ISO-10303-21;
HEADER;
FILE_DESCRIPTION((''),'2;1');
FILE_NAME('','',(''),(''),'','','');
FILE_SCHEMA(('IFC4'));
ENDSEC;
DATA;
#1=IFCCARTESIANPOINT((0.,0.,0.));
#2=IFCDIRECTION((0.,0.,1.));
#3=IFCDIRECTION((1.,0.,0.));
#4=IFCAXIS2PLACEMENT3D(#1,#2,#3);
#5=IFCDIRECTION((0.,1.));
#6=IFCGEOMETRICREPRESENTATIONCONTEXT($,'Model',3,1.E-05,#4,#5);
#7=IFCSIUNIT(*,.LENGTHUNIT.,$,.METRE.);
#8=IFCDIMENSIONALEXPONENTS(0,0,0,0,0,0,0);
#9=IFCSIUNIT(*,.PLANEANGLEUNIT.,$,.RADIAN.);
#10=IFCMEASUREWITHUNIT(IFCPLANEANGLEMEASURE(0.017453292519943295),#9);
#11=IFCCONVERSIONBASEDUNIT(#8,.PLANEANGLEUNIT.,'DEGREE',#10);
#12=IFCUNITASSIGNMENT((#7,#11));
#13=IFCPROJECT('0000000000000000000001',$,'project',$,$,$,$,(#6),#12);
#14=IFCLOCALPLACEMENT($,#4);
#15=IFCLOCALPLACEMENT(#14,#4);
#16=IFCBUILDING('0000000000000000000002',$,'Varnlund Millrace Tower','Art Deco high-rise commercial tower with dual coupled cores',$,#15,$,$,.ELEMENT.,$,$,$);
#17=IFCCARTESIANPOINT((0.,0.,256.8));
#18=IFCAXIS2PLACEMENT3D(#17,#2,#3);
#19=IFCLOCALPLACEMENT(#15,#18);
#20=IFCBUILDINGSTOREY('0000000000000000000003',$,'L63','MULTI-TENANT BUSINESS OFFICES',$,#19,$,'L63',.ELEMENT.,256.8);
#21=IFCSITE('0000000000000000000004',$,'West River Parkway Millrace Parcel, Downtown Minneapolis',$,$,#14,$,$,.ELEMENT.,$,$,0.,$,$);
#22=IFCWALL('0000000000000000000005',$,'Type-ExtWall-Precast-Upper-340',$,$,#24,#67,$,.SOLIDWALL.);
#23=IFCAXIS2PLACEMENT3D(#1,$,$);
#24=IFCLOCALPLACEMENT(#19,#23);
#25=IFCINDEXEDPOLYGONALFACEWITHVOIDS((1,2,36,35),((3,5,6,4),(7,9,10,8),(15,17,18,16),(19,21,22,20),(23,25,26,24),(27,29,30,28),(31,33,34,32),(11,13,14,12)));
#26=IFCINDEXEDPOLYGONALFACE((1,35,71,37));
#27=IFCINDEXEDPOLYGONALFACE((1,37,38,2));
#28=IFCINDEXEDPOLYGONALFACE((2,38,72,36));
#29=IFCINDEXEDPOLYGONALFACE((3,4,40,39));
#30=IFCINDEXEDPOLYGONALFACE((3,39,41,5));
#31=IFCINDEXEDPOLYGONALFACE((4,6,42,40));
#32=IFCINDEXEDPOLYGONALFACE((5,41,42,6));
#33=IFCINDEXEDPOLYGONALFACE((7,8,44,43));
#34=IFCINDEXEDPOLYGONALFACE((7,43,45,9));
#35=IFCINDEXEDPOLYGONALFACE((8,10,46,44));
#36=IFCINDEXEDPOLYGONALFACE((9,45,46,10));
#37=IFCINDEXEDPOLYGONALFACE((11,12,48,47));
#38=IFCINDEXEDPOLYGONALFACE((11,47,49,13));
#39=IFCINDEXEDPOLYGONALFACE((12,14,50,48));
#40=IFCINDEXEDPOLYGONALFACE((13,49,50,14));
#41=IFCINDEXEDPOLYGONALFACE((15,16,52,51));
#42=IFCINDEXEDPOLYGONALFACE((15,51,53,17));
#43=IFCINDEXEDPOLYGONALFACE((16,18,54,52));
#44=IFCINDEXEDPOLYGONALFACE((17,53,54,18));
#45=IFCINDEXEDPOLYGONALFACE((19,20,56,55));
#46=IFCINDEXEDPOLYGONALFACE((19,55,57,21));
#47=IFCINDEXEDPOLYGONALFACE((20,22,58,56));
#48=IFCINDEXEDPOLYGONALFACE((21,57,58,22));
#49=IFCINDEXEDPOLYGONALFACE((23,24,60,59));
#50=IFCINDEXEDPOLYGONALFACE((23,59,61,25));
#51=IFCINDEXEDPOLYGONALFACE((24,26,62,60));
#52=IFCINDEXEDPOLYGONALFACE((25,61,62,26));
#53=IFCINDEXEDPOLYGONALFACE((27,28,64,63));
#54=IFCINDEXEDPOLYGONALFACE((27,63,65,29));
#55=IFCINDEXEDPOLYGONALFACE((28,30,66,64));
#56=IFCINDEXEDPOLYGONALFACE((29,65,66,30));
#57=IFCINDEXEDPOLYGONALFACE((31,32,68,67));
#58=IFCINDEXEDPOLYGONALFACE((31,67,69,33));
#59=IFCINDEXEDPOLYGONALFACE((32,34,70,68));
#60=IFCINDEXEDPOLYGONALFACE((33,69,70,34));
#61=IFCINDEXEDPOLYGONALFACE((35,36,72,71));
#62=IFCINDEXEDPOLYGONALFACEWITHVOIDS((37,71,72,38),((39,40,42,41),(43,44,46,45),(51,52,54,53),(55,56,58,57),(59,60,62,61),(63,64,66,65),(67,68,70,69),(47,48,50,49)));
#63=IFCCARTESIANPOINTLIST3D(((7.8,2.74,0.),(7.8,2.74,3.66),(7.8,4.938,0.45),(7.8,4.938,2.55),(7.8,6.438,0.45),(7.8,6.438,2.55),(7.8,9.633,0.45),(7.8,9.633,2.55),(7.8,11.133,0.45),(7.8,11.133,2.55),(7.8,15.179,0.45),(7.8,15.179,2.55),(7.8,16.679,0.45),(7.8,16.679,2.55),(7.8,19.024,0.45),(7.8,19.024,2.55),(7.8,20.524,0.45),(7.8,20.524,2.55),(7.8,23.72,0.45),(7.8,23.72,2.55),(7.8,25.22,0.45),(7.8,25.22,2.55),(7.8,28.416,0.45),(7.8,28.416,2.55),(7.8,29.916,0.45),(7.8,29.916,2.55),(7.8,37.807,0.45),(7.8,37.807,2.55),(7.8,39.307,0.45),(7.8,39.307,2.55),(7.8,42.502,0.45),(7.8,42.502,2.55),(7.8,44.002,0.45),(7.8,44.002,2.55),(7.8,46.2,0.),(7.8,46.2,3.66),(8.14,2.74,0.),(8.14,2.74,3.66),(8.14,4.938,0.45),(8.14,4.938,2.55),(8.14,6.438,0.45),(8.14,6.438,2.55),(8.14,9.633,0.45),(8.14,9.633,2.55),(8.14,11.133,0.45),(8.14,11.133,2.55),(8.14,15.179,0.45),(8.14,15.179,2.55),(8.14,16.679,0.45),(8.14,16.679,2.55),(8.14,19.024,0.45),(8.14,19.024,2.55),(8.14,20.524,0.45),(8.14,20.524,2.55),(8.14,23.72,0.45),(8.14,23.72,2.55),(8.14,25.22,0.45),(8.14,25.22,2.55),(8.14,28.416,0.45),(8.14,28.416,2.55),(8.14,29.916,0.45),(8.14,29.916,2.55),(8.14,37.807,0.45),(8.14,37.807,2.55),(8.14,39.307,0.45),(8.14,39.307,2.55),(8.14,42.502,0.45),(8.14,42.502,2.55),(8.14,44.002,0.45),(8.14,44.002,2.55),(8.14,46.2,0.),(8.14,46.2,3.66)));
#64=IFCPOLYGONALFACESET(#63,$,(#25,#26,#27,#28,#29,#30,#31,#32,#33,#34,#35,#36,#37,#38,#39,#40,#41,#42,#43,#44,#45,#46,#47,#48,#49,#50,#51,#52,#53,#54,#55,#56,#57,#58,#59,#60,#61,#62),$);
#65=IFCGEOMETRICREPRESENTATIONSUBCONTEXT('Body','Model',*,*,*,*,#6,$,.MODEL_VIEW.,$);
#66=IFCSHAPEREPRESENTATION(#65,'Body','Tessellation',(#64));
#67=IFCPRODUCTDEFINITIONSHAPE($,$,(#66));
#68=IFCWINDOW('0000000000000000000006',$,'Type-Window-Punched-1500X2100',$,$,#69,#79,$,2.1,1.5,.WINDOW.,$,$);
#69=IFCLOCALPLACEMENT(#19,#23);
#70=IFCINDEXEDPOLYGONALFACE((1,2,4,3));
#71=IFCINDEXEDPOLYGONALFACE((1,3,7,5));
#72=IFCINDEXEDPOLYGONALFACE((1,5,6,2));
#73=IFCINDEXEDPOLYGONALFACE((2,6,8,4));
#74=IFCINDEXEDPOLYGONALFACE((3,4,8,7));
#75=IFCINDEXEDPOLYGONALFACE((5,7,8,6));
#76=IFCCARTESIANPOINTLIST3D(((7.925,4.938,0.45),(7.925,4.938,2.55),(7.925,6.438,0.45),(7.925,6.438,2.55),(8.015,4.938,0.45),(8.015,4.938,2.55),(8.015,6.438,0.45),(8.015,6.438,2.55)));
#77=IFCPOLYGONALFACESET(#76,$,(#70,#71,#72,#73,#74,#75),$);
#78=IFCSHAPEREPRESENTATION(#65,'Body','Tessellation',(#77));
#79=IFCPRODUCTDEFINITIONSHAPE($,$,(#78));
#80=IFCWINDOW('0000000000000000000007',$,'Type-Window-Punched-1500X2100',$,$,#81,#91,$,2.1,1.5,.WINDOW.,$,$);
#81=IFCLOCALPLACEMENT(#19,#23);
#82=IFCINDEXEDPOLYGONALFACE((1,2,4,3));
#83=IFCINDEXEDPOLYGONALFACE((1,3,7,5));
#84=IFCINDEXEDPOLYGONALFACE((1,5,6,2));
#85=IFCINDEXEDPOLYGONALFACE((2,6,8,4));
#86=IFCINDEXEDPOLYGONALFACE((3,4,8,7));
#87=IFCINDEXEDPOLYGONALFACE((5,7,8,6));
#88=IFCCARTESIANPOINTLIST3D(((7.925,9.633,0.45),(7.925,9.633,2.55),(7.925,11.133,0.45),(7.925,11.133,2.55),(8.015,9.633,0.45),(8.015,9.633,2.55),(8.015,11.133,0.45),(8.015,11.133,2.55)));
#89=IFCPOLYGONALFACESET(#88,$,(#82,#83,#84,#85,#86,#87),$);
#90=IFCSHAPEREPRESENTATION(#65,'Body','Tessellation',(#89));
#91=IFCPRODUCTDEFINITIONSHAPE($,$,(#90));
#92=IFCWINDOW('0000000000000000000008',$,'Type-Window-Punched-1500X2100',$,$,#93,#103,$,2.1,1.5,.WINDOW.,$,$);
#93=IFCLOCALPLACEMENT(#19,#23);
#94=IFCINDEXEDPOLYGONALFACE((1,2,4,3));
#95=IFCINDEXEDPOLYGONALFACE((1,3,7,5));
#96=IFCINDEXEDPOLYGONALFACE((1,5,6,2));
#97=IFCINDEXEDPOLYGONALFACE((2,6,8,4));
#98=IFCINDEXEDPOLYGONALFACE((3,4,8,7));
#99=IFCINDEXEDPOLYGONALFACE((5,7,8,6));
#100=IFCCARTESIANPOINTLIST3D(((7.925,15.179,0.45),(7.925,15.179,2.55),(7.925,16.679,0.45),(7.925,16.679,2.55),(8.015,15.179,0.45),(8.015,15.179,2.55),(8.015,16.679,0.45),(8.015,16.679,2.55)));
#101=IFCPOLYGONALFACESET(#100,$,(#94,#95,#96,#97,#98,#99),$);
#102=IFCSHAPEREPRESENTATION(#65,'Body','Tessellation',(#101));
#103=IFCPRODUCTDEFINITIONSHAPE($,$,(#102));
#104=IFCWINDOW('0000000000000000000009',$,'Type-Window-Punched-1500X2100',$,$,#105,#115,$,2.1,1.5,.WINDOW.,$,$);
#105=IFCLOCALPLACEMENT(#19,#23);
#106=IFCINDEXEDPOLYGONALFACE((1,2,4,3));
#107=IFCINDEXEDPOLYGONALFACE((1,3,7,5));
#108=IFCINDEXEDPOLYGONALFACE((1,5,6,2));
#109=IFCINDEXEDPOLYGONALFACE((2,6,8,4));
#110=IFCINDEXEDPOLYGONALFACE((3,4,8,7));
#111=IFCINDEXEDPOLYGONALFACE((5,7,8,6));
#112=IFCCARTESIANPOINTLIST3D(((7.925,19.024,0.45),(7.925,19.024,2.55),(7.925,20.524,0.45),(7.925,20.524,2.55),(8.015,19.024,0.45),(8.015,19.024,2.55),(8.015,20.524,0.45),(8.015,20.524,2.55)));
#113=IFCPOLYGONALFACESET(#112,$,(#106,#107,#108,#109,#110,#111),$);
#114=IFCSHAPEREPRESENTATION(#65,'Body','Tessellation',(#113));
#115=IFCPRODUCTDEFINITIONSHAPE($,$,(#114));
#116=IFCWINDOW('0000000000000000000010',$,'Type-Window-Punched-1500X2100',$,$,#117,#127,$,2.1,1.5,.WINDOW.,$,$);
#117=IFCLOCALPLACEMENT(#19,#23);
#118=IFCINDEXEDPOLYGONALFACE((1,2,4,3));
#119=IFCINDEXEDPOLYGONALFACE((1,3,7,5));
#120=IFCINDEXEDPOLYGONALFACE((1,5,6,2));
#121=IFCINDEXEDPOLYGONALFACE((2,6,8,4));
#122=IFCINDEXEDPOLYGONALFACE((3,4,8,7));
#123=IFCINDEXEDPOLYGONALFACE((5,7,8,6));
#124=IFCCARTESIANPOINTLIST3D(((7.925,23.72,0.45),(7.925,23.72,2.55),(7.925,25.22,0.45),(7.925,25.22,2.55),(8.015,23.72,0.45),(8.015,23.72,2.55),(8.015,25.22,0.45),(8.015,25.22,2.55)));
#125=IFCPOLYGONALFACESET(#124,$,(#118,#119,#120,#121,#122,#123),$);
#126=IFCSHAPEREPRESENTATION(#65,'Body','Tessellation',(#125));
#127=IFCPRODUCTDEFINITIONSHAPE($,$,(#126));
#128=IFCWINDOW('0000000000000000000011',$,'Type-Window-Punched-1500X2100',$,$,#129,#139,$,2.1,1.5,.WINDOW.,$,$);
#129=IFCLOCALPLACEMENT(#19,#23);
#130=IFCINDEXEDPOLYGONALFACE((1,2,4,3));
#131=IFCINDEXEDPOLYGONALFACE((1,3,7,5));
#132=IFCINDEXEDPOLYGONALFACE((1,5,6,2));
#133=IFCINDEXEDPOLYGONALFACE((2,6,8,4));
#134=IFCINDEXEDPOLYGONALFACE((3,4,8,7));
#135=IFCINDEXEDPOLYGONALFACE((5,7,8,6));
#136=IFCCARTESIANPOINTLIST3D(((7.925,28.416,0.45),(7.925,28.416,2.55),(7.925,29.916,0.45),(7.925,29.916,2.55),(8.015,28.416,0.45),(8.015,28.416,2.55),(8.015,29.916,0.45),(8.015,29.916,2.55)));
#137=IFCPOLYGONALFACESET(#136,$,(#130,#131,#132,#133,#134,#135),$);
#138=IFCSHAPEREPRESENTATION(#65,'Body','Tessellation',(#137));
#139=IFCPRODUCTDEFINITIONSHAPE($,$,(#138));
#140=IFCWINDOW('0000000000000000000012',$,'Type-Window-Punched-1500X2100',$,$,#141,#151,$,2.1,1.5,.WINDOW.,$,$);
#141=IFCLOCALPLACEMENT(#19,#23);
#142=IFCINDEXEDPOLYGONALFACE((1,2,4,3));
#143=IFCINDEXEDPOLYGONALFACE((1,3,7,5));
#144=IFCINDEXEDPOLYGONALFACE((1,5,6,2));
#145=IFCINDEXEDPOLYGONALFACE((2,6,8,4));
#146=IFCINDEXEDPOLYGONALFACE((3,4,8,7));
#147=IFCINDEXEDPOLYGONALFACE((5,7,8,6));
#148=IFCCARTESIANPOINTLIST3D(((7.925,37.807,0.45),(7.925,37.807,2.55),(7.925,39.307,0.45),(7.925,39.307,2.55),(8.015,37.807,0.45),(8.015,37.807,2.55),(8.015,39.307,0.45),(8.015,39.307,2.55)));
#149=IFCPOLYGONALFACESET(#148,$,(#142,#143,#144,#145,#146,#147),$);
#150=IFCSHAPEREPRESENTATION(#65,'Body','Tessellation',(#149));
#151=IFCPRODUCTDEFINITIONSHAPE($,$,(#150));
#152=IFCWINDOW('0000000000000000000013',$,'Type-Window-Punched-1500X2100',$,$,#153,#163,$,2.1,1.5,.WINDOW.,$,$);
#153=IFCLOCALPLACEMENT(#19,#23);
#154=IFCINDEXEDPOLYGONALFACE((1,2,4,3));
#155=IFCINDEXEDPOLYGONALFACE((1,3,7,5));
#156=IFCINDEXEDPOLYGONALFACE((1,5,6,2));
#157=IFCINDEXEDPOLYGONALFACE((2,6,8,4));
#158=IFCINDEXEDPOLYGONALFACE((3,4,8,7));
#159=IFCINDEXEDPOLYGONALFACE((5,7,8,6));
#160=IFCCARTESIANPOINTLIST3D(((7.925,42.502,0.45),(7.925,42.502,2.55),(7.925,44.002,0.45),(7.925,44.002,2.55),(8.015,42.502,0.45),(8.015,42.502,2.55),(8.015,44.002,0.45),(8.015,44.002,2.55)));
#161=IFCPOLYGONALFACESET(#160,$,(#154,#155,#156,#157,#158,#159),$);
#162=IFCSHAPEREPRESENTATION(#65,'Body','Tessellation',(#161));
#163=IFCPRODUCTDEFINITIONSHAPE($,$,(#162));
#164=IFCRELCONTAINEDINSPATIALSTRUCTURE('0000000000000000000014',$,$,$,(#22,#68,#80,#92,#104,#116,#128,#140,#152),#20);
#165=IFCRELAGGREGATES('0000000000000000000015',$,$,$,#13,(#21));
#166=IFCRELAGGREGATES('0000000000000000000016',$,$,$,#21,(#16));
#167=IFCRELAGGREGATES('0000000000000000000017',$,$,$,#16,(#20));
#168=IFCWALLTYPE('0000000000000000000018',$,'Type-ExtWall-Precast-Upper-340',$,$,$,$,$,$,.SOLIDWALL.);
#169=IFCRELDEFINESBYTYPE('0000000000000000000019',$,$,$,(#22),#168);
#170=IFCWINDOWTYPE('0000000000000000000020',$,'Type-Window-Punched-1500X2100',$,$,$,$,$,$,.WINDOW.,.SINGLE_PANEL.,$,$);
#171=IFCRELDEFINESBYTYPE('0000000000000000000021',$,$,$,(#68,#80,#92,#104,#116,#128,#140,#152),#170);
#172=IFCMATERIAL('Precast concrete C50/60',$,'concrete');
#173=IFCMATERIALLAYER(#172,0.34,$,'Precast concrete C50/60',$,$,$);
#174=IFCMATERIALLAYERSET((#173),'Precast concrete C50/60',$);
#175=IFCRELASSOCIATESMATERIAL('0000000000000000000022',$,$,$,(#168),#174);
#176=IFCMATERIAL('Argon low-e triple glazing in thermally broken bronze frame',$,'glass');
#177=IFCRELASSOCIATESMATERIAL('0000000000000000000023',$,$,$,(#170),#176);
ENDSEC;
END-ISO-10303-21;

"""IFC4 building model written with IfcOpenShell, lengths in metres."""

from ifc_helpers import new_model, entity, si_unit, converted_unit, direction, frame, origin_with_axes, origin_2d_with_axis, place, context, subcontext, project, spatial, polyline, rectangle, outline, extrude, material, layer, layer_set, type_object, element, fill, save


model = new_model("IFC4")

# Units and contexts
model_context = context("Model", 3, precision=1e-05, world=origin_with_axes(), true_north=direction((0.0, 1.0)))
body_context = subcontext(model_context, "Body", "Model", "MODEL_VIEW")
ifc_project = project(units=[si_unit("LENGTHUNIT", "METRE"), converted_unit("PLANEANGLEUNIT", "DEGREE", entity("IfcPlaneAngleMeasure", 0.017453292519943295), si_unit("PLANEANGLEUNIT", "RADIAN"), dimensions=[0, 0, 0, 0, 0, 0, 0])], contexts=[model_context])

# Site, building, storey
site_placement = place(None, origin_with_axes())
site = spatial("IfcSite", under=ifc_project, at=site_placement, Name="West River Parkway Millrace Parcel, Downtown Minneapolis", CompositionType="ELEMENT", RefElevation=0.0)
building_placement = place(site_placement, origin_with_axes())
building = spatial("IfcBuilding", under=site, at=building_placement, Name="Varnlund Millrace Tower", Description="Art Deco high-rise commercial tower with dual coupled cores", CompositionType="ELEMENT")
storey_placement = place(building_placement, frame((0.0, 0.0, 256.8), z_axis=(0.0, 0.0, 1.0), x_axis=(1.0, 0.0, 0.0)))
storey = spatial("IfcBuildingStorey", under=building, at=storey_placement, Name="L63", Description="MULTI-TENANT BUSINESS OFFICES", LongName="L63", CompositionType="ELEMENT", Elevation=256.8)

# Shared definitions
ifc_material_1 = material(Name="Precast concrete C50/60", Category="concrete")
ifc_layer_1 = layer(ifc_material_1, 0.34, Name="Precast concrete C50/60")
ifc_layer_set_1 = layer_set([ifc_layer_1], Name="Precast concrete C50/60")
wall_type_1 = type_object("IfcWallType", Name="Type-ExtWall-Precast-Upper-340", PredefinedType="SOLIDWALL", material=ifc_layer_set_1)

# Wall, openings, windows
wall_1_placement = place(storey_placement, frame((7.97, 2.74, 0.0), z_axis=(0.0, 0.0, 1.0), x_axis=(0.0, 1.0, 0.0)))
wall_1 = element("IfcWall", 1, at=wall_1_placement, inside=storey, type_object=wall_type_1, Name="Type-ExtWall-Precast-Upper-340", PredefinedType="SOLIDWALL", context=body_context, shape_type="SweptSolid", body=[
    extrude(outline(polyline([(0.0, -0.17), (43.46, -0.17), (43.46, 0.17), (0.0, 0.17), (0.0, -0.17)])), origin_with_axes(), (0.0, 0.0, 1.0), 3.66),
])
opening_1_placement = place(wall_1_placement, frame((2.948, 0.0, 0.45), z_axis=(0.0, 0.0, 1.0), x_axis=(1.0, 0.0, 0.0)))
opening_1 = element("IfcOpeningElement", 2, at=opening_1_placement, cuts=wall_1, PredefinedType="OPENING", context=body_context, shape_type="SweptSolid", body=[
    extrude(rectangle(XDim=1.5, YDim=0.36, at=origin_2d_with_axis()), origin_with_axes(), (0.0, 0.0, 1.0), 2.1),
])
opening_2_placement = place(wall_1_placement, frame((7.643, 0.0, 0.45), z_axis=(0.0, 0.0, 1.0), x_axis=(1.0, 0.0, 0.0)))
opening_2 = element("IfcOpeningElement", 3, at=opening_2_placement, cuts=wall_1, PredefinedType="OPENING", context=body_context, shape_type="SweptSolid", body=[
    extrude(rectangle(XDim=1.5, YDim=0.36, at=origin_2d_with_axis()), origin_with_axes(), (0.0, 0.0, 1.0), 2.1),
])
opening_3_placement = place(wall_1_placement, frame((13.189, 0.0, 0.45), z_axis=(0.0, 0.0, 1.0), x_axis=(1.0, 0.0, 0.0)))
opening_3 = element("IfcOpeningElement", 4, at=opening_3_placement, cuts=wall_1, PredefinedType="OPENING", context=body_context, shape_type="SweptSolid", body=[
    extrude(rectangle(XDim=1.5, YDim=0.36, at=origin_2d_with_axis()), origin_with_axes(), (0.0, 0.0, 1.0), 2.1),
])
opening_4_placement = place(wall_1_placement, frame((17.034, 0.0, 0.45), z_axis=(0.0, 0.0, 1.0), x_axis=(1.0, 0.0, 0.0)))
opening_4 = element("IfcOpeningElement", 5, at=opening_4_placement, cuts=wall_1, PredefinedType="OPENING", context=body_context, shape_type="SweptSolid", body=[
    extrude(rectangle(XDim=1.5, YDim=0.36, at=origin_2d_with_axis()), origin_with_axes(), (0.0, 0.0, 1.0), 2.1),
])
opening_5_placement = place(wall_1_placement, frame((21.73, 0.0, 0.45), z_axis=(0.0, 0.0, 1.0), x_axis=(1.0, 0.0, 0.0)))
opening_5 = element("IfcOpeningElement", 6, at=opening_5_placement, cuts=wall_1, PredefinedType="OPENING", context=body_context, shape_type="SweptSolid", body=[
    extrude(rectangle(XDim=1.5, YDim=0.36, at=origin_2d_with_axis()), origin_with_axes(), (0.0, 0.0, 1.0), 2.1),
])
opening_6_placement = place(wall_1_placement, frame((26.426, 0.0, 0.45), z_axis=(0.0, 0.0, 1.0), x_axis=(1.0, 0.0, 0.0)))
opening_6 = element("IfcOpeningElement", 7, at=opening_6_placement, cuts=wall_1, PredefinedType="OPENING", context=body_context, shape_type="SweptSolid", body=[
    extrude(rectangle(XDim=1.5, YDim=0.36, at=origin_2d_with_axis()), origin_with_axes(), (0.0, 0.0, 1.0), 2.1),
])
opening_7_placement = place(wall_1_placement, frame((35.817, 0.0, 0.45), z_axis=(0.0, 0.0, 1.0), x_axis=(1.0, 0.0, 0.0)))
opening_7 = element("IfcOpeningElement", 8, at=opening_7_placement, cuts=wall_1, PredefinedType="OPENING", context=body_context, shape_type="SweptSolid", body=[
    extrude(rectangle(XDim=1.5, YDim=0.36, at=origin_2d_with_axis()), origin_with_axes(), (0.0, 0.0, 1.0), 2.1),
])
opening_8_placement = place(wall_1_placement, frame((40.512, 0.0, 0.45), z_axis=(0.0, 0.0, 1.0), x_axis=(1.0, 0.0, 0.0)))
opening_8 = element("IfcOpeningElement", 9, at=opening_8_placement, cuts=wall_1, PredefinedType="OPENING", context=body_context, shape_type="SweptSolid", body=[
    extrude(rectangle(XDim=1.5, YDim=0.36, at=origin_2d_with_axis()), origin_with_axes(), (0.0, 0.0, 1.0), 2.1),
])
ifc_material_2 = material(Name="Argon low-e triple glazing in thermally broken bronze frame", Category="glass")
window_type = type_object("IfcWindowType", Name="Type-Window-Punched-1500X2100", PartitioningType="SINGLE_PANEL", PredefinedType="WINDOW", material=ifc_material_2)
window_1_placement = place(wall_1_placement, frame((2.948, 0.0, 0.45), z_axis=(0.0, 0.0, 1.0), x_axis=(1.0, 0.0, 0.0)))
window_1 = element("IfcWindow", 10, at=window_1_placement, inside=storey, type_object=window_type, Name="Type-Window-Punched-1500X2100", OverallHeight=2.1, OverallWidth=1.5, PredefinedType="WINDOW", context=body_context, shape_type="SweptSolid", body=[
    extrude(rectangle(XDim=1.5, YDim=0.09, at=origin_2d_with_axis()), origin_with_axes(), (0.0, 0.0, 1.0), 2.1),
])
fill(opening_1, window_1)
window_2_placement = place(wall_1_placement, frame((7.643, 0.0, 0.45), z_axis=(0.0, 0.0, 1.0), x_axis=(1.0, 0.0, 0.0)))
window_2 = element("IfcWindow", 11, at=window_2_placement, inside=storey, type_object=window_type, Name="Type-Window-Punched-1500X2100", OverallHeight=2.1, OverallWidth=1.5, PredefinedType="WINDOW", context=body_context, shape_type="SweptSolid", body=[
    extrude(rectangle(XDim=1.5, YDim=0.09, at=origin_2d_with_axis()), origin_with_axes(), (0.0, 0.0, 1.0), 2.1),
])
fill(opening_2, window_2)
window_3_placement = place(wall_1_placement, frame((13.189, 0.0, 0.45), z_axis=(0.0, 0.0, 1.0), x_axis=(1.0, 0.0, 0.0)))
window_3 = element("IfcWindow", 12, at=window_3_placement, inside=storey, type_object=window_type, Name="Type-Window-Punched-1500X2100", OverallHeight=2.1, OverallWidth=1.5, PredefinedType="WINDOW", context=body_context, shape_type="SweptSolid", body=[
    extrude(rectangle(XDim=1.5, YDim=0.09, at=origin_2d_with_axis()), origin_with_axes(), (0.0, 0.0, 1.0), 2.1),
])
fill(opening_3, window_3)
window_4_placement = place(wall_1_placement, frame((17.034, 0.0, 0.45), z_axis=(0.0, 0.0, 1.0), x_axis=(1.0, 0.0, 0.0)))
window_4 = element("IfcWindow", 13, at=window_4_placement, inside=storey, type_object=window_type, Name="Type-Window-Punched-1500X2100", OverallHeight=2.1, OverallWidth=1.5, PredefinedType="WINDOW", context=body_context, shape_type="SweptSolid", body=[
    extrude(rectangle(XDim=1.5, YDim=0.09, at=origin_2d_with_axis()), origin_with_axes(), (0.0, 0.0, 1.0), 2.1),
])
fill(opening_4, window_4)
window_5_placement = place(wall_1_placement, frame((21.73, 0.0, 0.45), z_axis=(0.0, 0.0, 1.0), x_axis=(1.0, 0.0, 0.0)))
window_5 = element("IfcWindow", 14, at=window_5_placement, inside=storey, type_object=window_type, Name="Type-Window-Punched-1500X2100", OverallHeight=2.1, OverallWidth=1.5, PredefinedType="WINDOW", context=body_context, shape_type="SweptSolid", body=[
    extrude(rectangle(XDim=1.5, YDim=0.09, at=origin_2d_with_axis()), origin_with_axes(), (0.0, 0.0, 1.0), 2.1),
])
fill(opening_5, window_5)
window_6_placement = place(wall_1_placement, frame((26.426, 0.0, 0.45), z_axis=(0.0, 0.0, 1.0), x_axis=(1.0, 0.0, 0.0)))
window_6 = element("IfcWindow", 15, at=window_6_placement, inside=storey, type_object=window_type, Name="Type-Window-Punched-1500X2100", OverallHeight=2.1, OverallWidth=1.5, PredefinedType="WINDOW", context=body_context, shape_type="SweptSolid", body=[
    extrude(rectangle(XDim=1.5, YDim=0.09, at=origin_2d_with_axis()), origin_with_axes(), (0.0, 0.0, 1.0), 2.1),
])
fill(opening_6, window_6)
window_7_placement = place(wall_1_placement, frame((35.817, 0.0, 0.45), z_axis=(0.0, 0.0, 1.0), x_axis=(1.0, 0.0, 0.0)))
window_7 = element("IfcWindow", 16, at=window_7_placement, inside=storey, type_object=window_type, Name="Type-Window-Punched-1500X2100", OverallHeight=2.1, OverallWidth=1.5, PredefinedType="WINDOW", context=body_context, shape_type="SweptSolid", body=[
    extrude(rectangle(XDim=1.5, YDim=0.09, at=origin_2d_with_axis()), origin_with_axes(), (0.0, 0.0, 1.0), 2.1),
])
fill(opening_7, window_7)
window_8_placement = place(wall_1_placement, frame((40.512, 0.0, 0.45), z_axis=(0.0, 0.0, 1.0), x_axis=(1.0, 0.0, 0.0)))
window_8 = element("IfcWindow", 17, at=window_8_placement, inside=storey, type_object=window_type, Name="Type-Window-Punched-1500X2100", OverallHeight=2.1, OverallWidth=1.5, PredefinedType="WINDOW", context=body_context, shape_type="SweptSolid", body=[
    extrude(rectangle(XDim=1.5, YDim=0.09, at=origin_2d_with_axis()), origin_with_axes(), (0.0, 0.0, 1.0), 2.1),
])
fill(opening_8, window_8)

save(model, "model.ifc")
